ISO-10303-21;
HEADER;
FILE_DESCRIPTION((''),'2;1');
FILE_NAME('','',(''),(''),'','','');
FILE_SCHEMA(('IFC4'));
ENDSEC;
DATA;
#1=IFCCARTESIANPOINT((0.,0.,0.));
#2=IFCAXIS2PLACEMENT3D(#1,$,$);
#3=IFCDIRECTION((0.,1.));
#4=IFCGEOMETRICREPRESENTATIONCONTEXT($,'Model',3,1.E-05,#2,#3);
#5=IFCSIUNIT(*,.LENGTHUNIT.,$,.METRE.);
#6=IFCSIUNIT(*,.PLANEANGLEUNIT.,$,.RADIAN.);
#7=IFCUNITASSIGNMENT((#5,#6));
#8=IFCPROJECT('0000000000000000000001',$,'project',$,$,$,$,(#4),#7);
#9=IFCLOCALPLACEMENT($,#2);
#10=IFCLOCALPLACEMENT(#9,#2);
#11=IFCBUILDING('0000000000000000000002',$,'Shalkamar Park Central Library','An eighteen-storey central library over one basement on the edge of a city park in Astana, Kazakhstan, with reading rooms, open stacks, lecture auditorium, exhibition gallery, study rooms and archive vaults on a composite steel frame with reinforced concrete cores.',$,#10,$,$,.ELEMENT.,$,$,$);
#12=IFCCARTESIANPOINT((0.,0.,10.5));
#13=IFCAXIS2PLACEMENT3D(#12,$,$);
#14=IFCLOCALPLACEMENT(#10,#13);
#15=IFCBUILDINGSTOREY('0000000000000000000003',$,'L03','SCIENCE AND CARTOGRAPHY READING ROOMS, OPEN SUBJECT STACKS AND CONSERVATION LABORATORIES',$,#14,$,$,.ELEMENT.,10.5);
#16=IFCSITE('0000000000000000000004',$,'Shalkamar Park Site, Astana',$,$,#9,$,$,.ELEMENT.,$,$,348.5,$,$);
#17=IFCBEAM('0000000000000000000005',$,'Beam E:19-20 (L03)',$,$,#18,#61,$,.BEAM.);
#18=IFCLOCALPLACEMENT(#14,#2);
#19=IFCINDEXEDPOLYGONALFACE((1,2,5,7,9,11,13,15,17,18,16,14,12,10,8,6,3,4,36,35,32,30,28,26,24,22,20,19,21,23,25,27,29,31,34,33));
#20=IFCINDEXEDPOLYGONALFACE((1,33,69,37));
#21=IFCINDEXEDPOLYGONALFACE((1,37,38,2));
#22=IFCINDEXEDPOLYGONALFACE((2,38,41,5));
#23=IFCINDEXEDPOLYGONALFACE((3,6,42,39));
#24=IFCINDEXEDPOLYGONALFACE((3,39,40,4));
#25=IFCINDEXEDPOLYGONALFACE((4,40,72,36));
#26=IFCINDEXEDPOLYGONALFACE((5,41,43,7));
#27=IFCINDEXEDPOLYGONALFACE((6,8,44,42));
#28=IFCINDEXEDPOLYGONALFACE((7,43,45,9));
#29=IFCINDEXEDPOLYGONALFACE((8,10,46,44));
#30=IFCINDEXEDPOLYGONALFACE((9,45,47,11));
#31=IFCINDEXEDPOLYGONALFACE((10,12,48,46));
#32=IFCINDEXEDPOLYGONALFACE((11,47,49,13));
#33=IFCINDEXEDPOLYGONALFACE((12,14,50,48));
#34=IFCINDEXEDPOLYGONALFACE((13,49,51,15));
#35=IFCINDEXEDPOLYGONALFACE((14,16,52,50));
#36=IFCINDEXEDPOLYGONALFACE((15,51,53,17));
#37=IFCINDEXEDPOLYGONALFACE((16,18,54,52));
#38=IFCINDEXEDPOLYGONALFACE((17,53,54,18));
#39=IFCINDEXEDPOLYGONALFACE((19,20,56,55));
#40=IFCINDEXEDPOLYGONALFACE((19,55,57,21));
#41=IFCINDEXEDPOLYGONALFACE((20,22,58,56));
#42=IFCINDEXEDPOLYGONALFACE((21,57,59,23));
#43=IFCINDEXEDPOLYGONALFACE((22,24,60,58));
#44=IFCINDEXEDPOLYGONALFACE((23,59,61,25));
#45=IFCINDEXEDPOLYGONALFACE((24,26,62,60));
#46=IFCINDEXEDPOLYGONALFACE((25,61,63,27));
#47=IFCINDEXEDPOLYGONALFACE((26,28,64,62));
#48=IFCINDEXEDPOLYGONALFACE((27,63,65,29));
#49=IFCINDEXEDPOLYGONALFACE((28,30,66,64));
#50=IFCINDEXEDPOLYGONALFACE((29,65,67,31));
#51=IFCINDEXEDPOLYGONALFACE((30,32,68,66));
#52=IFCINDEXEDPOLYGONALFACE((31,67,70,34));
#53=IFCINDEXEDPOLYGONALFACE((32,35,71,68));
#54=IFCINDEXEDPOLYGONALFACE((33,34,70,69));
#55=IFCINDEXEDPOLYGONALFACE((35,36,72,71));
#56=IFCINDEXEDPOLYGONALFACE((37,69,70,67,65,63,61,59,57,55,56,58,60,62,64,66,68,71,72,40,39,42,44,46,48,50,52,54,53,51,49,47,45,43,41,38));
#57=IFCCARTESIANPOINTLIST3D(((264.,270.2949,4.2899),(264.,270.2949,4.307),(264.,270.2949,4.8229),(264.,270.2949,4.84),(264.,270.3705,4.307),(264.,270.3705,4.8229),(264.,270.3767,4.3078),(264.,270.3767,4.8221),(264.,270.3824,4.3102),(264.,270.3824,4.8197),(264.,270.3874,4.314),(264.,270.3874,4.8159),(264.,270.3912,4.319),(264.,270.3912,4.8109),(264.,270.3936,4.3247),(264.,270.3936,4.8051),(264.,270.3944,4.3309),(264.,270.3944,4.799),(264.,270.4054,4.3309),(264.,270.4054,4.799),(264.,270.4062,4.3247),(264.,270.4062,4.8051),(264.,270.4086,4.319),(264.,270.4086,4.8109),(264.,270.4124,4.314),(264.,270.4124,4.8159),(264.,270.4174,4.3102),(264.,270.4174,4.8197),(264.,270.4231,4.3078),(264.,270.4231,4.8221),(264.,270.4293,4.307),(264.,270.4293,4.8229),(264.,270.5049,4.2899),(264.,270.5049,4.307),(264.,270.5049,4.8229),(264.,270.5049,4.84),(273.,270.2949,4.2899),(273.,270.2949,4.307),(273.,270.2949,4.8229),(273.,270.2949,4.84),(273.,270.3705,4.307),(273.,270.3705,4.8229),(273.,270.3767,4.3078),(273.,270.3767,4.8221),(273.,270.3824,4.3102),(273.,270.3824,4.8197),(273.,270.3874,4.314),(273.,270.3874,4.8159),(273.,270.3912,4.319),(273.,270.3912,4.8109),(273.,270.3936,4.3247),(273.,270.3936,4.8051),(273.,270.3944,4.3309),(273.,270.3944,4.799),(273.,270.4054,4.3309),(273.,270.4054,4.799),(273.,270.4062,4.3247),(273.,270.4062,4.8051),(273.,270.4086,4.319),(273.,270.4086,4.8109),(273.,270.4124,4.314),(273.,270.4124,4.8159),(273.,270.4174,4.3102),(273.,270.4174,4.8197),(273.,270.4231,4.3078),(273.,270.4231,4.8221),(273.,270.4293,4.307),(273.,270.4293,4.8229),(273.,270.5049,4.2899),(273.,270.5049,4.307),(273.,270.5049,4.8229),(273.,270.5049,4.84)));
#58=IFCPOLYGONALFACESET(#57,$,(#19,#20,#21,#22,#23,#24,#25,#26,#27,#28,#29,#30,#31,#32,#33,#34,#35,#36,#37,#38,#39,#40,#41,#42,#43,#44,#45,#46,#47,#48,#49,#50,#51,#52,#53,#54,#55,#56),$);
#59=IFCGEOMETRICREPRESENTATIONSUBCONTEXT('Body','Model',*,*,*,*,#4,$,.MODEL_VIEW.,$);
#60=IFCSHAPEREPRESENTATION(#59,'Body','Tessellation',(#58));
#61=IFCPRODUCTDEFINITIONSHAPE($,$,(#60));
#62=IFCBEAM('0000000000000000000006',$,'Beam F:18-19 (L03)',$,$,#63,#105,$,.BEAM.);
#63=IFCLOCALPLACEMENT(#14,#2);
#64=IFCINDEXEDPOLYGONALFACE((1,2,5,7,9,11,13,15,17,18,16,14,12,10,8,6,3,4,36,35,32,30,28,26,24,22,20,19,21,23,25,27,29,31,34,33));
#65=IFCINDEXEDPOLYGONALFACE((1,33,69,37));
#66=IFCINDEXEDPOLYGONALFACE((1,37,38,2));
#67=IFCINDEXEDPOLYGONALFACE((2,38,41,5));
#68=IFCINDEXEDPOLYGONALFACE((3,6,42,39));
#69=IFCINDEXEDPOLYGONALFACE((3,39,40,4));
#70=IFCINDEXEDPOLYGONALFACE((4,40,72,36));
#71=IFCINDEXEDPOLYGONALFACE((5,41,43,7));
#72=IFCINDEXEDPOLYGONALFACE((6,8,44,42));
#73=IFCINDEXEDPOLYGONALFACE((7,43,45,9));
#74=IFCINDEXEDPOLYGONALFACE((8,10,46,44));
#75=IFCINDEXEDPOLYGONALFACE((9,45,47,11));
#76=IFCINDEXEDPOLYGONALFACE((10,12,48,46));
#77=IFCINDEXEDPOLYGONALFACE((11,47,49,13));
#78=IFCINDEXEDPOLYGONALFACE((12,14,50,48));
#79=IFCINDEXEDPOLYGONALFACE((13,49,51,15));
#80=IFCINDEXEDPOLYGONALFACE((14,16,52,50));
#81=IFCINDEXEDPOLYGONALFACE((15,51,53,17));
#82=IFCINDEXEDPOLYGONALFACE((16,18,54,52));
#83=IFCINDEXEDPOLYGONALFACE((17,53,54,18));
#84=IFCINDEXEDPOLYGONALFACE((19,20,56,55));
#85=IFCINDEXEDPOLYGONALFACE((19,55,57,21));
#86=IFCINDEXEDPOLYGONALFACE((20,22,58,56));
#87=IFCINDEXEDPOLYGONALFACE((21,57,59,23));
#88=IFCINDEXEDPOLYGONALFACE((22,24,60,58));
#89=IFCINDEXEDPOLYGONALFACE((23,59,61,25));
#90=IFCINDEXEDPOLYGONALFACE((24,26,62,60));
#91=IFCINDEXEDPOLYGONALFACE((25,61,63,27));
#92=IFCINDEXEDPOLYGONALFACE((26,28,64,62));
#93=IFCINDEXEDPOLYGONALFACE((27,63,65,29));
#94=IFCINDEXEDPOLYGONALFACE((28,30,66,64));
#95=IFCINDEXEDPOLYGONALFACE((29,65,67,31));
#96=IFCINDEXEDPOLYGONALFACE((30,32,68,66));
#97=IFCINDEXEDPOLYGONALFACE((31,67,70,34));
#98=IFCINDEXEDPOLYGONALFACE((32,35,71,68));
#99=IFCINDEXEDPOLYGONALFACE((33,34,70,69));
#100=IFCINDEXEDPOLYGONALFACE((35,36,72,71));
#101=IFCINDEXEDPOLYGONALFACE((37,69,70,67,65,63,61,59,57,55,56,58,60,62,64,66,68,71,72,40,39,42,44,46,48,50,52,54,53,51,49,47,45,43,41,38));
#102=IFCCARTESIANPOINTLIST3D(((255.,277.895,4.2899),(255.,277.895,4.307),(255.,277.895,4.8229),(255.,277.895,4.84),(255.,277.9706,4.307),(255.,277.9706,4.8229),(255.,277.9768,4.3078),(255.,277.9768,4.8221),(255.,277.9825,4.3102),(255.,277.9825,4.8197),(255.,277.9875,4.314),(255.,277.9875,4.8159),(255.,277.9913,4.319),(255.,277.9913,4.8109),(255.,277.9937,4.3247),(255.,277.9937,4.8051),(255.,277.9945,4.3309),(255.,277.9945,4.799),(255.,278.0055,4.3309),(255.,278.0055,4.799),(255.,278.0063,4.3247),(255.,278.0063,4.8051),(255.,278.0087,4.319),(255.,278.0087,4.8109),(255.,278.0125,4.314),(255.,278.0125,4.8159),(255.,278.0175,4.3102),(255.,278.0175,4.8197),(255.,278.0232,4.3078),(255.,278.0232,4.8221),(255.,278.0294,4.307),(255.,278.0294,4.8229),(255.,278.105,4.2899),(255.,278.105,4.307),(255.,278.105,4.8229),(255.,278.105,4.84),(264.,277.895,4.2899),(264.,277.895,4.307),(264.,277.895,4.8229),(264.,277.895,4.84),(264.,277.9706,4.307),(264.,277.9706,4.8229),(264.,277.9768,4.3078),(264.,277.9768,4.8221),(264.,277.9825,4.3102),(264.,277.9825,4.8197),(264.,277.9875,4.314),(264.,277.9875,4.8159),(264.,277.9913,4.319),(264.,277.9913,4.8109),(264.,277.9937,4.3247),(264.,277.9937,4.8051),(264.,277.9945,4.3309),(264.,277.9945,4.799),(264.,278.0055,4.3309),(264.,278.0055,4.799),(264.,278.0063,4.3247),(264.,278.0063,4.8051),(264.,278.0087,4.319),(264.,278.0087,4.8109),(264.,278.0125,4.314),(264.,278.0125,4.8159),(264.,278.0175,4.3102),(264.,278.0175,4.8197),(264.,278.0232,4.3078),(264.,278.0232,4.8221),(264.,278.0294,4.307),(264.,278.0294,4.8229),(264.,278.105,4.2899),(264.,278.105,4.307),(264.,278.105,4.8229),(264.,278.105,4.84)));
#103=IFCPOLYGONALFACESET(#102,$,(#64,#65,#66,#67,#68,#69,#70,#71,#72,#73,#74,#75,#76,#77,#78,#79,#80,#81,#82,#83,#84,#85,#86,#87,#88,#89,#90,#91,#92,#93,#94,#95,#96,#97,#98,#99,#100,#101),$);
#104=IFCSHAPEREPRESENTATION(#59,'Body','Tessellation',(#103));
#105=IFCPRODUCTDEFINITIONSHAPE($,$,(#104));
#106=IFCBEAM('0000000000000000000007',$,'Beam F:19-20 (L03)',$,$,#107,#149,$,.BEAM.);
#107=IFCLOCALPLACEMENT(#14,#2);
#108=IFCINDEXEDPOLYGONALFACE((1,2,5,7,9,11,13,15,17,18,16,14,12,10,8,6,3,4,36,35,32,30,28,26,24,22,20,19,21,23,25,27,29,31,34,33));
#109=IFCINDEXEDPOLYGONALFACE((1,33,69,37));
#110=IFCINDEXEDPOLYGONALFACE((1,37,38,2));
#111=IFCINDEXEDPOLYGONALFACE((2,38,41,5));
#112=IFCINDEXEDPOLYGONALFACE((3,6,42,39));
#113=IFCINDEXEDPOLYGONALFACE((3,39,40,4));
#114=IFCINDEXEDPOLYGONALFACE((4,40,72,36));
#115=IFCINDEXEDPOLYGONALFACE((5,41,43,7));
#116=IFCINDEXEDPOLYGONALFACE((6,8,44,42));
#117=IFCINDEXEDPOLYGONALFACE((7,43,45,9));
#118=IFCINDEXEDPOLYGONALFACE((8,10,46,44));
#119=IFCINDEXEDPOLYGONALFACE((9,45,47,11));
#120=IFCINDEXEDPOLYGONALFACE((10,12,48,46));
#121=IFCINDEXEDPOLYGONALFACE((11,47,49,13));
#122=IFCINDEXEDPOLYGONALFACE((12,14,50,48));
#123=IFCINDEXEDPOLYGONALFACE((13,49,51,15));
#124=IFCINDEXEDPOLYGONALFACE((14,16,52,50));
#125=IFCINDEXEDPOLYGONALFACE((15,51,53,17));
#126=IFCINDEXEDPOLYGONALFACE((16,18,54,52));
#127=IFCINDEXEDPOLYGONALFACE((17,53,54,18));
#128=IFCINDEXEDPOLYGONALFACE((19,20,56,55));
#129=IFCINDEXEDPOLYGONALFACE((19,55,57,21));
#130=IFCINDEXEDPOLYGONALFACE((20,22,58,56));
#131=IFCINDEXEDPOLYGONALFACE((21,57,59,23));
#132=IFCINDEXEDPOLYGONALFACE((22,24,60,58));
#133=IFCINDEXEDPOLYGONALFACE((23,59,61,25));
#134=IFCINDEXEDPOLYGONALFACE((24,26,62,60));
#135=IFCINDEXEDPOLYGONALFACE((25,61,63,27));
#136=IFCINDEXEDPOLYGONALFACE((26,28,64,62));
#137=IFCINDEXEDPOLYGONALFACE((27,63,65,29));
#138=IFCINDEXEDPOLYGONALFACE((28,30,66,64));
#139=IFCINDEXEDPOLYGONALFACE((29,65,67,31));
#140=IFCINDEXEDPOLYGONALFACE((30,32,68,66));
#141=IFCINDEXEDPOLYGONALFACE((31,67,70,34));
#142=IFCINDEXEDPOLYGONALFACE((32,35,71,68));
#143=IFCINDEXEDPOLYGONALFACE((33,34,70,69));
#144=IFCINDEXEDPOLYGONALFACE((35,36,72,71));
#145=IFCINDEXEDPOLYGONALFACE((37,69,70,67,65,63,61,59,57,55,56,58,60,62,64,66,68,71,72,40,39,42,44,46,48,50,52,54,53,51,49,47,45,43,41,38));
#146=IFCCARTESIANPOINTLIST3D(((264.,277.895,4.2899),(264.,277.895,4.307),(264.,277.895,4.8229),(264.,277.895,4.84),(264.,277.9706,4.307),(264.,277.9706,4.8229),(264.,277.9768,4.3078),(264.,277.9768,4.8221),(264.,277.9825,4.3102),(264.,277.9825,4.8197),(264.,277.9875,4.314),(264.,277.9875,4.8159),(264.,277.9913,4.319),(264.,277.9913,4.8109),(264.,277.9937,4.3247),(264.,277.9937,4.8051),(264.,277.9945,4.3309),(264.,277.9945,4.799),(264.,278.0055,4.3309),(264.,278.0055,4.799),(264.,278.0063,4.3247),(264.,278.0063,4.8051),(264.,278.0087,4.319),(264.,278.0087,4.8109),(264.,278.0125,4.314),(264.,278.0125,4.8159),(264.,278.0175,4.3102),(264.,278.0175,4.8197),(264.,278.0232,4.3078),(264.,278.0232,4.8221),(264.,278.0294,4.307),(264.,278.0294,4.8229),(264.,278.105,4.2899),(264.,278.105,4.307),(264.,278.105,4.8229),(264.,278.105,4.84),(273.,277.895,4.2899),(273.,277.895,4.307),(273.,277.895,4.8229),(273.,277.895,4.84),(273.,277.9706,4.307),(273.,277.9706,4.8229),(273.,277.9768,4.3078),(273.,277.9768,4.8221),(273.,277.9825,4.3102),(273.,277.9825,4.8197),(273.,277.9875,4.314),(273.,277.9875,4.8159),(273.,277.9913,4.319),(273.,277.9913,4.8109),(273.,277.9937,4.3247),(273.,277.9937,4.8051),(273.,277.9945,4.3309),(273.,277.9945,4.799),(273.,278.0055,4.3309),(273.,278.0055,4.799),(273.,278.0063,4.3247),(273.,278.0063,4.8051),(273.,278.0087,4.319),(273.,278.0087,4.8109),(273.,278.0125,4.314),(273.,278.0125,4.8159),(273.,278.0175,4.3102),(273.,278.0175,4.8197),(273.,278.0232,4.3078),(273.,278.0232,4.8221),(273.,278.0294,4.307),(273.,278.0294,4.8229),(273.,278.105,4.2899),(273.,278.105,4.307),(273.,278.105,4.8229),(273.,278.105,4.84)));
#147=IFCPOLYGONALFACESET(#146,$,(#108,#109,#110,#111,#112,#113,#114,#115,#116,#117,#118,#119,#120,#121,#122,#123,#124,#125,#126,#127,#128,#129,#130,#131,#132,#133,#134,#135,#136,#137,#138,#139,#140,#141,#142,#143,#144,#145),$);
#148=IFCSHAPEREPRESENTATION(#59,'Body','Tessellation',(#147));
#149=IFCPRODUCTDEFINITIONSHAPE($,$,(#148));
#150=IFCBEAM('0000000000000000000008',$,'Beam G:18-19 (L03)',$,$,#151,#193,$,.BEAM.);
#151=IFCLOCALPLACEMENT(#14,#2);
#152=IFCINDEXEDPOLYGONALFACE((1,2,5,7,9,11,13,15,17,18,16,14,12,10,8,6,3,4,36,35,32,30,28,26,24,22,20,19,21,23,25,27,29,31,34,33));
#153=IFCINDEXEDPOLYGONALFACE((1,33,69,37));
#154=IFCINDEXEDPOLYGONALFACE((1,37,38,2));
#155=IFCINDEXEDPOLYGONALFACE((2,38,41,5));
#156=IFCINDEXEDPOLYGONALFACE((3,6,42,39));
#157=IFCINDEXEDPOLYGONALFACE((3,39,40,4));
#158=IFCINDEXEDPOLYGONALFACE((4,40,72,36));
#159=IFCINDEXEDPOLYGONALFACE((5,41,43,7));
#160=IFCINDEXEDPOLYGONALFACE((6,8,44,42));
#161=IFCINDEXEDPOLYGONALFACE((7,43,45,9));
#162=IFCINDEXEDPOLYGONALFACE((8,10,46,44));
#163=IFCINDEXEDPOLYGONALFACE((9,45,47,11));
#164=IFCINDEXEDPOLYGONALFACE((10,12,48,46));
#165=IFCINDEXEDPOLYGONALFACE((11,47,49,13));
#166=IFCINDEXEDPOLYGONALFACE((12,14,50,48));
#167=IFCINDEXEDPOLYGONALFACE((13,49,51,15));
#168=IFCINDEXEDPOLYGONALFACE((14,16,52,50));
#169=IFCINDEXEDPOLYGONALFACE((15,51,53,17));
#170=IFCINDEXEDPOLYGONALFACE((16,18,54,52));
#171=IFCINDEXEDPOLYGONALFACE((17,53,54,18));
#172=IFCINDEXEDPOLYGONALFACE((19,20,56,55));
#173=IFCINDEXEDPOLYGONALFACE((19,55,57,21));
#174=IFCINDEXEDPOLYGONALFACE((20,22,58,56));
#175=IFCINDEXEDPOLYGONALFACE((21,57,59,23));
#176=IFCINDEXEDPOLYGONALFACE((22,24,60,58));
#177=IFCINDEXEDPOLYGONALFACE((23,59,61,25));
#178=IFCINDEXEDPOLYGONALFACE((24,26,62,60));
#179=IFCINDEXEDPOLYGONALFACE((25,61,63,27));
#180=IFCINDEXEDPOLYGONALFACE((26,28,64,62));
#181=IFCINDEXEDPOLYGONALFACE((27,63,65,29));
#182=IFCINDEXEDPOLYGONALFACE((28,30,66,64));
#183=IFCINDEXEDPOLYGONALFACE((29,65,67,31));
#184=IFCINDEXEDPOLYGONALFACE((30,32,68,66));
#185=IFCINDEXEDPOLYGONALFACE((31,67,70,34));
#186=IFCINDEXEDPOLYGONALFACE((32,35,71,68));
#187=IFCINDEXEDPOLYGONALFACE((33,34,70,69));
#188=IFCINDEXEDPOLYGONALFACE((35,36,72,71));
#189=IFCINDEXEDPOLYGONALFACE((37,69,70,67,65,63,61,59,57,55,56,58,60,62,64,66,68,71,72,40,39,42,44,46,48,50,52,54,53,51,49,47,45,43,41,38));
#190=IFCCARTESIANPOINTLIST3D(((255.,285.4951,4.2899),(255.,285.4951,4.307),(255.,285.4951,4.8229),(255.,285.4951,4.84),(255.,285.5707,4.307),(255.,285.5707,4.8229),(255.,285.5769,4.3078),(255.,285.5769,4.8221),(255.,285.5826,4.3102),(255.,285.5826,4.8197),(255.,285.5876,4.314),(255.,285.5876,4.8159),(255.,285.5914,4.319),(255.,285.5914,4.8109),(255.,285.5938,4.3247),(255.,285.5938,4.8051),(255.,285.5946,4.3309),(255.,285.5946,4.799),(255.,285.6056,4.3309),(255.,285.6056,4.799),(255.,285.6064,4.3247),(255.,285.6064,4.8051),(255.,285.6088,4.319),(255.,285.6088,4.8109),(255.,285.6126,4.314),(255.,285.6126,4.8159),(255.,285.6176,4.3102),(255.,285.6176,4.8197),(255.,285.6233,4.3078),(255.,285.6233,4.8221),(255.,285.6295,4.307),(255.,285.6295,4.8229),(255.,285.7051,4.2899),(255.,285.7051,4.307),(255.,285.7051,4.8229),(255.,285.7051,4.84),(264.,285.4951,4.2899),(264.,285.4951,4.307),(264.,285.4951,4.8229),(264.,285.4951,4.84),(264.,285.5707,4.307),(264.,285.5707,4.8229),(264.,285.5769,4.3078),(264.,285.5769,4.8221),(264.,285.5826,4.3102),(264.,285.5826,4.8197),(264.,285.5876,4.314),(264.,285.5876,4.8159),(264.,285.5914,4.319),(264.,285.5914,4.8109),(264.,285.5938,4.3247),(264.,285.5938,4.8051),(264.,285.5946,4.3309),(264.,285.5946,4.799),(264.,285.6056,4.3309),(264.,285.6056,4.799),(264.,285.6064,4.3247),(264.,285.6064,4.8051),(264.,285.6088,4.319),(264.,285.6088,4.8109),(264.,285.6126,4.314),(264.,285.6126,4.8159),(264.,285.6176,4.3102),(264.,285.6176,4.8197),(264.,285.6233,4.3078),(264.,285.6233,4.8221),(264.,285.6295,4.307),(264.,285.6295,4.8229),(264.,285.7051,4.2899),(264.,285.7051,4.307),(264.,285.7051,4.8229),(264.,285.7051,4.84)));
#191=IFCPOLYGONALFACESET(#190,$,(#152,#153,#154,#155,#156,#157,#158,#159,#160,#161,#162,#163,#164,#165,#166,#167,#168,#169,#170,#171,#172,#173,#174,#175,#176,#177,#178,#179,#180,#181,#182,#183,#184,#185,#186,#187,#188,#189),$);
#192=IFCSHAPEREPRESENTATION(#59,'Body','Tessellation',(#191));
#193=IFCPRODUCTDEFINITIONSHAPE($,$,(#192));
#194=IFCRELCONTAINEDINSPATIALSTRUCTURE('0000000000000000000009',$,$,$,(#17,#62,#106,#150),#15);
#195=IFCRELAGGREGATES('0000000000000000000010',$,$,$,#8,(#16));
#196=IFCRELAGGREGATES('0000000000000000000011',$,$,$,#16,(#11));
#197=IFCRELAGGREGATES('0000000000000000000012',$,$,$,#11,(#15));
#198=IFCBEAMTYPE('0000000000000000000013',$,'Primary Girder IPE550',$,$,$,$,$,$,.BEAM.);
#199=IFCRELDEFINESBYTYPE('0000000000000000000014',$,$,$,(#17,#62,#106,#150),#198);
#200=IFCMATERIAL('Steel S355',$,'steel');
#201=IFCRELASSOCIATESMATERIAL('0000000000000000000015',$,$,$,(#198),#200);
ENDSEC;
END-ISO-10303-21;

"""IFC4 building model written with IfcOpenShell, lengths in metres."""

from ifc_helpers import new_model, si_unit, direction, frame, origin, origin_2d, place, context, subcontext, project, spatial, i_section, extrude, material, material_profile, profile_set, type_object, element, save


model = new_model("IFC4")

# Units and contexts
model_context = context("Model", 3, precision=1e-05, world=origin(), true_north=direction((0.0, 1.0)))
body_context = subcontext(model_context, "Body", "Model", "MODEL_VIEW")
ifc_project = project(units=[si_unit("LENGTHUNIT", "METRE"), si_unit("PLANEANGLEUNIT", "RADIAN")], contexts=[model_context])

# Site, building, storey
site_placement = place(None, origin())
site = spatial("IfcSite", under=ifc_project, at=site_placement, Name="Shalkamar Park Site, Astana", CompositionType="ELEMENT", RefElevation=348.5)
building_placement = place(site_placement, origin())
building = spatial("IfcBuilding", under=site, at=building_placement, Name="Shalkamar Park Central Library", Description="An eighteen-storey central library over one basement on the edge of a city park in Astana, Kazakhstan, with reading rooms, open stacks, lecture auditorium, exhibition gallery, study rooms and archive vaults on a composite steel frame with reinforced concrete cores.", CompositionType="ELEMENT")
storey_placement = place(building_placement, frame((0.0, 0.0, 10.5)))
storey = spatial("IfcBuildingStorey", under=building, at=storey_placement, Name="L03", Description="SCIENCE AND CARTOGRAPHY READING ROOMS, OPEN SUBJECT STACKS AND CONSERVATION LABORATORIES", CompositionType="ELEMENT", Elevation=10.5)

# Shared definitions
ifc_material = material(Name="Steel S355", Category="steel")

# Beams
ifc_material_profile_1 = material_profile(ifc_material, i_section(OverallWidth=0.21, OverallDepth=0.55, WebThickness=0.011, FlangeThickness=0.0171, FilletRadius=0.0239, at=origin_2d()), Name="IPE 550")
ifc_profile_set_1 = profile_set([ifc_material_profile_1], Name="Steel S355")
beam_type_1 = type_object("IfcBeamType", Name="Primary Girder IPE550", PredefinedType="BEAM", material=ifc_profile_set_1)
for number, where, z_axis, x_axis, name in (
    (1, (264.0, 270.3999, 4.5649), (1.0, 0.0, 0.0), (0.0, 1.0, 0.0), "Beam E:19-20 (L03)"),
    (2, (255.0, 278.0, 4.5649), (1.0, 0.0, 0.0), (0.0, 1.0, 0.0), "Beam F:18-19 (L03)"),
    (3, (264.0, 278.0, 4.5649), (1.0, 0.0, 0.0), (0.0, 1.0, 0.0), "Beam F:19-20 (L03)"),
    (4, (255.0, 285.6001, 4.5649), (1.0, 0.0, 0.0), (0.0, 1.0, 0.0), "Beam G:18-19 (L03)"),
):
    element("IfcBeam", number, at=place(storey_placement, frame(where, z_axis=z_axis, x_axis=x_axis)), inside=storey, type_object=beam_type_1, Name=name, PredefinedType="BEAM", context=body_context, shape_type="SweptSolid", body=[
        extrude(i_section(OverallWidth=0.21, OverallDepth=0.55, WebThickness=0.011, FlangeThickness=0.0171, FilletRadius=0.0239, at=origin_2d()), origin(), (0.0, 0.0, 1.0), 9.0),
    ])

save(model, "model.ifc")
